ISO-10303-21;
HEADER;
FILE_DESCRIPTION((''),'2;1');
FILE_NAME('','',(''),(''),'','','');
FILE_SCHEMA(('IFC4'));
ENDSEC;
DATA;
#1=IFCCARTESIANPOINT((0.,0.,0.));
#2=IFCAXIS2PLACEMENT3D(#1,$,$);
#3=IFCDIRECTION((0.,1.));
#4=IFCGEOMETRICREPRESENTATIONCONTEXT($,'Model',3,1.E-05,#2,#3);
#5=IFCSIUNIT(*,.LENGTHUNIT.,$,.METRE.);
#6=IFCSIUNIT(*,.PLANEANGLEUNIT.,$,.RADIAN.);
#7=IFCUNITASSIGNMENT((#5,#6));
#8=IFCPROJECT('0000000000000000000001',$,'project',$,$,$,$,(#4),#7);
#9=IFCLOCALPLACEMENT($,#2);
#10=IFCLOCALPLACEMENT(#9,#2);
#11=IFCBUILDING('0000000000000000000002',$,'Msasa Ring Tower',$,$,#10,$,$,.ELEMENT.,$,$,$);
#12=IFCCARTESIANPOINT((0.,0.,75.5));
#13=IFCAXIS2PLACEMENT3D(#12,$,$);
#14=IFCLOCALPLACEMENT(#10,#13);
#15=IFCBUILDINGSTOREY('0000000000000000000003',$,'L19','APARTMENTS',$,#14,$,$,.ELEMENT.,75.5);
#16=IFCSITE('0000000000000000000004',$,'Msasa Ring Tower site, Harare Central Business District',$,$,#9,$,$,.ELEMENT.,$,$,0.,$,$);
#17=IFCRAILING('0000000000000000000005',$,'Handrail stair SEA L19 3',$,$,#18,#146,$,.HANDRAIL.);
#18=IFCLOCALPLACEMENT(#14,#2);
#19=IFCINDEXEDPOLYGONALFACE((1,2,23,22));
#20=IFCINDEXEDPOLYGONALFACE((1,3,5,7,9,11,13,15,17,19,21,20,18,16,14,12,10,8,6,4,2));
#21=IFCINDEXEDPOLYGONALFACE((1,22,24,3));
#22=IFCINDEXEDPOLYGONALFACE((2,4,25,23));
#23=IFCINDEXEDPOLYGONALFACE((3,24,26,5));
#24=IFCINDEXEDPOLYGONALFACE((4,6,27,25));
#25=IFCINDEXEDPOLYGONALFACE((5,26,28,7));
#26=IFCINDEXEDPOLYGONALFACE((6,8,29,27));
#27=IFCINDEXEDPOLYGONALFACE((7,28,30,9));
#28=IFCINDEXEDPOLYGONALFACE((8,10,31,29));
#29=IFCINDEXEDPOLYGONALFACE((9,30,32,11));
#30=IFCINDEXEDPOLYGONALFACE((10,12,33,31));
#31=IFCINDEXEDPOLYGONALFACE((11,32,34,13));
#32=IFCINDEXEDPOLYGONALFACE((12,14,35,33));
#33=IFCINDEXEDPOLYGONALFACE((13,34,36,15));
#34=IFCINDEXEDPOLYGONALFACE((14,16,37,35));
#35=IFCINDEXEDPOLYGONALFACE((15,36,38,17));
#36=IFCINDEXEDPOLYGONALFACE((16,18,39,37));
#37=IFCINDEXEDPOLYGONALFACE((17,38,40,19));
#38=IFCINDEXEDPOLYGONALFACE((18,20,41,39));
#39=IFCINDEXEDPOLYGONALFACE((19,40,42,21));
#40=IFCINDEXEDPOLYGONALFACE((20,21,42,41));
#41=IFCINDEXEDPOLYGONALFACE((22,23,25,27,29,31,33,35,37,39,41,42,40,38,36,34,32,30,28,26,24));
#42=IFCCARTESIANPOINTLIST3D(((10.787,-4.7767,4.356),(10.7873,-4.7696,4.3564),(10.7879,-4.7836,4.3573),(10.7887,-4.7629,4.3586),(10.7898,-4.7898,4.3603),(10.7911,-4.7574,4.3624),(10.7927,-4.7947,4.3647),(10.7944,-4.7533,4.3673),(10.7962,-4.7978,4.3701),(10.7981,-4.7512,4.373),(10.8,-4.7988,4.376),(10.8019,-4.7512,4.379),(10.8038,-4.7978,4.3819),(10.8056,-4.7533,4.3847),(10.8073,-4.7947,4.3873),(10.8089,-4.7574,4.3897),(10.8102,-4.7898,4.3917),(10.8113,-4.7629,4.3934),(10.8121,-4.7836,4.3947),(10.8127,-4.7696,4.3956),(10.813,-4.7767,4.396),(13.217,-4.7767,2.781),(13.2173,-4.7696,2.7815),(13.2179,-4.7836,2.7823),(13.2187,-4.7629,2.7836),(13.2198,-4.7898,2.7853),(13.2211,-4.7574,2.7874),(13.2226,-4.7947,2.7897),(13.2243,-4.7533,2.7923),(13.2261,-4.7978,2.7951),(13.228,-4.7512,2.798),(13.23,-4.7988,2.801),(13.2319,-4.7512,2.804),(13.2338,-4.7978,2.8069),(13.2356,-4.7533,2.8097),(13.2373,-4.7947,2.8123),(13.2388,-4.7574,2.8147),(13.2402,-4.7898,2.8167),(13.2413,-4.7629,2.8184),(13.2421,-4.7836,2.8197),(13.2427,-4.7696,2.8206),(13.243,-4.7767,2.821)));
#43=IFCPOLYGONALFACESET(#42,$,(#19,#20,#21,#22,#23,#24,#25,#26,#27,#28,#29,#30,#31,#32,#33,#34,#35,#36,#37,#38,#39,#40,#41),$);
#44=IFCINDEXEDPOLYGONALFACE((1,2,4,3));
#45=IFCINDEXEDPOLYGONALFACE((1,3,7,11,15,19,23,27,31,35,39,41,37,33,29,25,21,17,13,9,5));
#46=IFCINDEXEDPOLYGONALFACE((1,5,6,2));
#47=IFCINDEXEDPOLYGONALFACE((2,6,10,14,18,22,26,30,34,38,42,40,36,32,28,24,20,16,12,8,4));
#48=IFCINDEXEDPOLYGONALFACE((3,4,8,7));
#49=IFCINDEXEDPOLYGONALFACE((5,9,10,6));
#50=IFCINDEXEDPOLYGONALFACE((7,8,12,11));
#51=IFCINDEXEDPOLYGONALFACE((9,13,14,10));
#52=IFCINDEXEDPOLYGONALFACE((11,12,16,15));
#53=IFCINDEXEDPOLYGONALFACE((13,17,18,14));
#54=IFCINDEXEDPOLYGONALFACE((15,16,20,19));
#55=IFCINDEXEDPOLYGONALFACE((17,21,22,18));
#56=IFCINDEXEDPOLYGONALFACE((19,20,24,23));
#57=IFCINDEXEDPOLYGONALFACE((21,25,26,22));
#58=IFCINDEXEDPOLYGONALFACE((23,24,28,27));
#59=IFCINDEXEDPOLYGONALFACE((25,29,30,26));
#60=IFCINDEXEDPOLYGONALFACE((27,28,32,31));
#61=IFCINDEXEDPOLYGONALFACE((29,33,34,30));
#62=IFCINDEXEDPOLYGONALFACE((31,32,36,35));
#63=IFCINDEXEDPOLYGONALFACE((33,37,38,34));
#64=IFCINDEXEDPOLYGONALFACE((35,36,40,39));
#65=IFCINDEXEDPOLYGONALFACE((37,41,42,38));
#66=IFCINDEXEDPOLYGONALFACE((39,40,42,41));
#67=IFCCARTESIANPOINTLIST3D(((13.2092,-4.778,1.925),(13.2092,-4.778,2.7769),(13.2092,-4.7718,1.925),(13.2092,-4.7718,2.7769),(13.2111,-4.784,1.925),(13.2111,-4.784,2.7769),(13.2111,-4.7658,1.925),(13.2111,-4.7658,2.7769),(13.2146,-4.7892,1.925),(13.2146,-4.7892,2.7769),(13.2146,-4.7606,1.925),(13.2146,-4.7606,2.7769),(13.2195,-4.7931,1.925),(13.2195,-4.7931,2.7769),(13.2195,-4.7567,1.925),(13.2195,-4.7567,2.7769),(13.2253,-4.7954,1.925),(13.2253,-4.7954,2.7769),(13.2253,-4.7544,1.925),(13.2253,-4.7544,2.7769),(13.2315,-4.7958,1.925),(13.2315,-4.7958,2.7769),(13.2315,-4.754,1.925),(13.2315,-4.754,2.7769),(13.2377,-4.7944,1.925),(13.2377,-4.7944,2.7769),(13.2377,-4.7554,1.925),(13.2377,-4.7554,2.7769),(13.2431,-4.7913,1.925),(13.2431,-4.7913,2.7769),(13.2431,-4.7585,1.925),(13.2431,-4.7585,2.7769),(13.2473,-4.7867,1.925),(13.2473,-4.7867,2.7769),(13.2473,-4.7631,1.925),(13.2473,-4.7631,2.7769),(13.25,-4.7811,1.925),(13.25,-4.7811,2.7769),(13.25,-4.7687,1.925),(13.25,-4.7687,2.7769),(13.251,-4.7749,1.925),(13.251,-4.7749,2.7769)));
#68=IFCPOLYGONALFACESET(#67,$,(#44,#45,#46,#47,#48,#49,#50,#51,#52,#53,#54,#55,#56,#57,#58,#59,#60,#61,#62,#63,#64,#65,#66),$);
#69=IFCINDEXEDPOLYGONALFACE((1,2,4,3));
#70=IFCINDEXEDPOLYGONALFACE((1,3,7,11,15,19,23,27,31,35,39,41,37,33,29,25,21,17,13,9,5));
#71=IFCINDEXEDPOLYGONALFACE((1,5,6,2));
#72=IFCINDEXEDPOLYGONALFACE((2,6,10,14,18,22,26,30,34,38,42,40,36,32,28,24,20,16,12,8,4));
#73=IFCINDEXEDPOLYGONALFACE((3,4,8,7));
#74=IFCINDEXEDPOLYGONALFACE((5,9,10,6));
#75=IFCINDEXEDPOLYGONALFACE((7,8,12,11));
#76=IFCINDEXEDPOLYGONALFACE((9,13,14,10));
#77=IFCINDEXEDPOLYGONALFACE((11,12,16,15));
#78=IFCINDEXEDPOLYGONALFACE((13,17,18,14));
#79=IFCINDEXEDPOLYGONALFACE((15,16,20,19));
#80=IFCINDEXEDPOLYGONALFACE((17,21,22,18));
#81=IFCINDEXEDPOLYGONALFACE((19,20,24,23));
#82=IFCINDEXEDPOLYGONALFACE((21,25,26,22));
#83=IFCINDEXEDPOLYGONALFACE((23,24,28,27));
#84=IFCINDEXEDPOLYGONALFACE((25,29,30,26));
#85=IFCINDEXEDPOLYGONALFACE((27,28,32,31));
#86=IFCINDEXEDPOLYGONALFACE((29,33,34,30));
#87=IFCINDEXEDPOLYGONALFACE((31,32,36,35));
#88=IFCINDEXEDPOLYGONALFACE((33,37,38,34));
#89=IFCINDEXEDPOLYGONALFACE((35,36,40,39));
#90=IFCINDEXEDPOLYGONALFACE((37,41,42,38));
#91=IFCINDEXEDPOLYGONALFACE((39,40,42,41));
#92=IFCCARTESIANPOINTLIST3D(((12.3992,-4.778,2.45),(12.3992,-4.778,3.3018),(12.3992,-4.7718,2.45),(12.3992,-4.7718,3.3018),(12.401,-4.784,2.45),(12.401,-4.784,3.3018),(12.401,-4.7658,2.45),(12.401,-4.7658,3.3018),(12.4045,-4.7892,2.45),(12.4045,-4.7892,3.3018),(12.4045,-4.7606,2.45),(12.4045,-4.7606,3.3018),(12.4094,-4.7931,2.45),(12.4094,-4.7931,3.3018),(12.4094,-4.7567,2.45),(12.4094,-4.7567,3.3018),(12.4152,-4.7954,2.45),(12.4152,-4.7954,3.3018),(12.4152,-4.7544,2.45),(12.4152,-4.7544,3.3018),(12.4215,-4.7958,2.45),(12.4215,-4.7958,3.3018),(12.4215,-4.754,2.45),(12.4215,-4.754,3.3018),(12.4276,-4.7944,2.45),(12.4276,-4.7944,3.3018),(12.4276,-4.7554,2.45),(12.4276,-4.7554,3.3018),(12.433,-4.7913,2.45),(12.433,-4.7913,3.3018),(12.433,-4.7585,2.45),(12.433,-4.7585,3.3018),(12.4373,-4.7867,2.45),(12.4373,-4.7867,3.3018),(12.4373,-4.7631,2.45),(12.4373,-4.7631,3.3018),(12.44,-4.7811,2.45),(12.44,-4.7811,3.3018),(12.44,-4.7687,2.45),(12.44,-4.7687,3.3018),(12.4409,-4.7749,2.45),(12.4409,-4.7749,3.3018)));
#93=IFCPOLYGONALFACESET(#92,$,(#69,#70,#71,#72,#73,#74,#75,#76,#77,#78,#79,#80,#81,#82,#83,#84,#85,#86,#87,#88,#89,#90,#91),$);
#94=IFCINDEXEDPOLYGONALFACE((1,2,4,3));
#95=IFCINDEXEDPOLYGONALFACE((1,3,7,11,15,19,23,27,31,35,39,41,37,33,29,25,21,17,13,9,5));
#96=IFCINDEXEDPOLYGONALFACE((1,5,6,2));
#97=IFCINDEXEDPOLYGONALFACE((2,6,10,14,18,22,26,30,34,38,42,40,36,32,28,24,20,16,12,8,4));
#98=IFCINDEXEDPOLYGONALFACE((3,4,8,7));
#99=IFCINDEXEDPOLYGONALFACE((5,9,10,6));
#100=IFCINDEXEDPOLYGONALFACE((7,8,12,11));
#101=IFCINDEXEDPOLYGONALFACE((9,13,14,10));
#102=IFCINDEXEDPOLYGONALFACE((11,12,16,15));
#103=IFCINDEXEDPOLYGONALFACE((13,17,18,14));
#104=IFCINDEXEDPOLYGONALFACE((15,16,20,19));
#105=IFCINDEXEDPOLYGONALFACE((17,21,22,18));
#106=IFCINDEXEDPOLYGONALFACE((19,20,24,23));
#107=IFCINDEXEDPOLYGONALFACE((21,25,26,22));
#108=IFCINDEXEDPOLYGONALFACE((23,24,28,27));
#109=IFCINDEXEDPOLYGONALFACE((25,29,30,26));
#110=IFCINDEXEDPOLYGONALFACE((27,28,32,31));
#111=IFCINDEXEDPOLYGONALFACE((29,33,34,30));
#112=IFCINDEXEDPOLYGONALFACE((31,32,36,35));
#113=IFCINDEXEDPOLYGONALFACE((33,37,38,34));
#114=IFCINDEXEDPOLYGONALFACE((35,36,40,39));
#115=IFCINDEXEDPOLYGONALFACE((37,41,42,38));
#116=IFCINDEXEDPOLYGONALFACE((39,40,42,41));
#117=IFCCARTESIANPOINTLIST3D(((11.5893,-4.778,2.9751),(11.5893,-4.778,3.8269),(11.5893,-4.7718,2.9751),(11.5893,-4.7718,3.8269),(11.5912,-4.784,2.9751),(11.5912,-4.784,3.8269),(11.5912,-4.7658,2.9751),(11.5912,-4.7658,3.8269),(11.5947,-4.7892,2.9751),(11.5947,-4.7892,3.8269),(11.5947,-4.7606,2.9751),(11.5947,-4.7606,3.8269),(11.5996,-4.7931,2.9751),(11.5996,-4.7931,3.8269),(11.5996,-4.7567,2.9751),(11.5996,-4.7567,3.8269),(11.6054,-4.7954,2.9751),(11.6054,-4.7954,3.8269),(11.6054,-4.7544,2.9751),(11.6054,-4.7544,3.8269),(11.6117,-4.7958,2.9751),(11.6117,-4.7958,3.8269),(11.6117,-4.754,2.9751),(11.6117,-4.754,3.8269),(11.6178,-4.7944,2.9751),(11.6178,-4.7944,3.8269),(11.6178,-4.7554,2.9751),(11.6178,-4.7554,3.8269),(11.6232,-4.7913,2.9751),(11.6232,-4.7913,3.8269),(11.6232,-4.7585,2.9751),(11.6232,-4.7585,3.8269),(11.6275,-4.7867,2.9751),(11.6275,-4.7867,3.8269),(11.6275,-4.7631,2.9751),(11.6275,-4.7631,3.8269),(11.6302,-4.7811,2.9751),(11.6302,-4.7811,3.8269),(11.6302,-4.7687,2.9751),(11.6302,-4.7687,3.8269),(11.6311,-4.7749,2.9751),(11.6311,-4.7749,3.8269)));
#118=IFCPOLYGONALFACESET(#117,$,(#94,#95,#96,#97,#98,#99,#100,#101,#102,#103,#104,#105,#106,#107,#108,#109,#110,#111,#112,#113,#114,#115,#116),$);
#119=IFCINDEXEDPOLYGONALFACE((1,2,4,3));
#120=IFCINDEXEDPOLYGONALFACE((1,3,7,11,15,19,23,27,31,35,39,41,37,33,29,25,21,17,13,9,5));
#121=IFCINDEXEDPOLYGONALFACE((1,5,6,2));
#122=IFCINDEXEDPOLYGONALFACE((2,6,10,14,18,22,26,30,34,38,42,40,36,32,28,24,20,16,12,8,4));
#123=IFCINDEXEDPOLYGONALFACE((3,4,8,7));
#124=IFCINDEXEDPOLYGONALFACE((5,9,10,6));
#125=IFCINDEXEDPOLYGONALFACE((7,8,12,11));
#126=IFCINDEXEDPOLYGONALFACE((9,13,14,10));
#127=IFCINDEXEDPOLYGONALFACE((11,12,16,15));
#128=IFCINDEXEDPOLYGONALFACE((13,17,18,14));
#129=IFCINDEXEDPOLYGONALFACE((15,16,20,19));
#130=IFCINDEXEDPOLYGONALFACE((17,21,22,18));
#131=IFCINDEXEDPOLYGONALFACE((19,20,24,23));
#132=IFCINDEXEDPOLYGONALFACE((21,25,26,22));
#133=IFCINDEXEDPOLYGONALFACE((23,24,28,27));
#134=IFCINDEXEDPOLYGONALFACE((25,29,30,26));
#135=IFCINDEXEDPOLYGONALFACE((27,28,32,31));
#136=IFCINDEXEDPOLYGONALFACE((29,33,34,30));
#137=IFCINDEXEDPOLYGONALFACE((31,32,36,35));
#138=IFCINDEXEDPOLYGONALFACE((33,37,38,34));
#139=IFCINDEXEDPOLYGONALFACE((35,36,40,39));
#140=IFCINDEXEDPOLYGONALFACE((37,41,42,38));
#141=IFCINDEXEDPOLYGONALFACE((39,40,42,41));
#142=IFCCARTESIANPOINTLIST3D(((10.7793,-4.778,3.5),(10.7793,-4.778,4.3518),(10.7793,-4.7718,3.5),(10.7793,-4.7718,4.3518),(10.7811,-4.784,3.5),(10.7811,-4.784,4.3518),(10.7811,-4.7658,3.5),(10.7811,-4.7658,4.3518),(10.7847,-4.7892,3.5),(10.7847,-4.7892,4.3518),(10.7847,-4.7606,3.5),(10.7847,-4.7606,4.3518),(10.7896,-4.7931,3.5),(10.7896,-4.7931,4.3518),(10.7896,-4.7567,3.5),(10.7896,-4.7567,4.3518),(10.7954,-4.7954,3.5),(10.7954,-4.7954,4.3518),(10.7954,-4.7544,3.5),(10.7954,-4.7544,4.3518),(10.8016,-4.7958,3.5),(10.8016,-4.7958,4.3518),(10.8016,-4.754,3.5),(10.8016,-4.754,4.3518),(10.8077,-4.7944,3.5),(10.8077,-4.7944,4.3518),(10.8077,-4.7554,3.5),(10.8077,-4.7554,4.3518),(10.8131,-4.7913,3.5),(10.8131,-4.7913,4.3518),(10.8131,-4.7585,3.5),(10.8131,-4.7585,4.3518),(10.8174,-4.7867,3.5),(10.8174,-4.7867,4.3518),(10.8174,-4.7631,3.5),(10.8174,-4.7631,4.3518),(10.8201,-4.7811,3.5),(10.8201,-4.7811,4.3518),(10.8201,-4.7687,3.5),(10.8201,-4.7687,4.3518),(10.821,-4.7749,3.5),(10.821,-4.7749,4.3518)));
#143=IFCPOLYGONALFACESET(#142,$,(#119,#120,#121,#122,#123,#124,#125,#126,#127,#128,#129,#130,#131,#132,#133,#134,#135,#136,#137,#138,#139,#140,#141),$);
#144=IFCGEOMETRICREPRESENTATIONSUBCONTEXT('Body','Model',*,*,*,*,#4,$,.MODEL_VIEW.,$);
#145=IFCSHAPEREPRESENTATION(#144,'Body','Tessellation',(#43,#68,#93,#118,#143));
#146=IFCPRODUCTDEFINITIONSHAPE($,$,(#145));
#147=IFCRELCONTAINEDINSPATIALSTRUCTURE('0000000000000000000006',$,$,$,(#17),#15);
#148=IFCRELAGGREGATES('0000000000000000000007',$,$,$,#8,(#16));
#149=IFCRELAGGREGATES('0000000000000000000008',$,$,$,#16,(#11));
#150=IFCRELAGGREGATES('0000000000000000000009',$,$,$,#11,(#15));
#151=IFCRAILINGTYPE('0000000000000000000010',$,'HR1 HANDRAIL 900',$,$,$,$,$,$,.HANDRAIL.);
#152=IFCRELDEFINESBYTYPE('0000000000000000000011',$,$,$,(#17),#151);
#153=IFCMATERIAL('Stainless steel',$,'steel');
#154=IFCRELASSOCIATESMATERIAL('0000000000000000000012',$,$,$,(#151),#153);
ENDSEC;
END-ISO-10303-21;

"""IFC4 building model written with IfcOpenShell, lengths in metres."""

from ifc_helpers import new_model, si_unit, direction, frame, origin, origin_2d, place, context, subcontext, project, spatial, circle, extrude, material, type_object, element, save


model = new_model("IFC4")

# Units and contexts
model_context = context("Model", 3, precision=1e-05, world=origin(), true_north=direction((0.0, 1.0)))
body_context = subcontext(model_context, "Body", "Model", "MODEL_VIEW")
ifc_project = project(units=[si_unit("LENGTHUNIT", "METRE"), si_unit("PLANEANGLEUNIT", "RADIAN")], contexts=[model_context])

# Site, building, storey
site_placement = place(None, origin())
site = spatial("IfcSite", under=ifc_project, at=site_placement, Name="Msasa Ring Tower site, Harare Central Business District", CompositionType="ELEMENT", RefElevation=0.0)
building_placement = place(site_placement, origin())
building = spatial("IfcBuilding", under=site, at=building_placement, Name="Msasa Ring Tower", CompositionType="ELEMENT")
storey_placement = place(building_placement, frame((0.0, 0.0, 75.5)))
storey = spatial("IfcBuildingStorey", under=building, at=storey_placement, Name="L19", Description="APARTMENTS", CompositionType="ELEMENT", Elevation=75.5)

# Railing
ifc_material_1 = material(Name="Stainless steel", Category="steel")
railing_type = type_object("IfcRailingType", Name="HR1 HANDRAIL 900", PredefinedType="HANDRAIL", material=ifc_material_1)
railing_placement = place(storey_placement, frame((13.23, -4.7749, 1.925)))
element("IfcRailing", 1, at=railing_placement, inside=storey, type_object=railing_type, Name="Handrail stair SEA L19 3", PredefinedType="HANDRAIL", context=body_context, shape_type="SweptSolid", body=[
    extrude(circle(Radius=0.0239, at=origin_2d()), frame((0.0, 0.0, 0.876), z_axis=(-0.839154, 0.0, 0.543894), x_axis=(0.0, -1.0, 0.0)), (0.0, 0.0, 1.0), 2.8958),
    extrude(circle(Radius=0.021, at=origin_2d()), origin(), (0.0, 0.0, 1.0), 0.8518),
    extrude(circle(Radius=0.021, at=origin_2d()), frame((-0.8101, 0.0, 0.5249)), (0.0, 0.0, 1.0), 0.8518),
    extrude(circle(Radius=0.021, at=origin_2d()), frame((-1.6199, 0.0, 1.05)), (0.0, 0.0, 1.0), 0.8518),
    extrude(circle(Radius=0.021, at=origin_2d()), frame((-2.4299, 0.0, 1.575)), (0.0, 0.0, 1.0), 0.8518),
])

save(model, "model.ifc")
